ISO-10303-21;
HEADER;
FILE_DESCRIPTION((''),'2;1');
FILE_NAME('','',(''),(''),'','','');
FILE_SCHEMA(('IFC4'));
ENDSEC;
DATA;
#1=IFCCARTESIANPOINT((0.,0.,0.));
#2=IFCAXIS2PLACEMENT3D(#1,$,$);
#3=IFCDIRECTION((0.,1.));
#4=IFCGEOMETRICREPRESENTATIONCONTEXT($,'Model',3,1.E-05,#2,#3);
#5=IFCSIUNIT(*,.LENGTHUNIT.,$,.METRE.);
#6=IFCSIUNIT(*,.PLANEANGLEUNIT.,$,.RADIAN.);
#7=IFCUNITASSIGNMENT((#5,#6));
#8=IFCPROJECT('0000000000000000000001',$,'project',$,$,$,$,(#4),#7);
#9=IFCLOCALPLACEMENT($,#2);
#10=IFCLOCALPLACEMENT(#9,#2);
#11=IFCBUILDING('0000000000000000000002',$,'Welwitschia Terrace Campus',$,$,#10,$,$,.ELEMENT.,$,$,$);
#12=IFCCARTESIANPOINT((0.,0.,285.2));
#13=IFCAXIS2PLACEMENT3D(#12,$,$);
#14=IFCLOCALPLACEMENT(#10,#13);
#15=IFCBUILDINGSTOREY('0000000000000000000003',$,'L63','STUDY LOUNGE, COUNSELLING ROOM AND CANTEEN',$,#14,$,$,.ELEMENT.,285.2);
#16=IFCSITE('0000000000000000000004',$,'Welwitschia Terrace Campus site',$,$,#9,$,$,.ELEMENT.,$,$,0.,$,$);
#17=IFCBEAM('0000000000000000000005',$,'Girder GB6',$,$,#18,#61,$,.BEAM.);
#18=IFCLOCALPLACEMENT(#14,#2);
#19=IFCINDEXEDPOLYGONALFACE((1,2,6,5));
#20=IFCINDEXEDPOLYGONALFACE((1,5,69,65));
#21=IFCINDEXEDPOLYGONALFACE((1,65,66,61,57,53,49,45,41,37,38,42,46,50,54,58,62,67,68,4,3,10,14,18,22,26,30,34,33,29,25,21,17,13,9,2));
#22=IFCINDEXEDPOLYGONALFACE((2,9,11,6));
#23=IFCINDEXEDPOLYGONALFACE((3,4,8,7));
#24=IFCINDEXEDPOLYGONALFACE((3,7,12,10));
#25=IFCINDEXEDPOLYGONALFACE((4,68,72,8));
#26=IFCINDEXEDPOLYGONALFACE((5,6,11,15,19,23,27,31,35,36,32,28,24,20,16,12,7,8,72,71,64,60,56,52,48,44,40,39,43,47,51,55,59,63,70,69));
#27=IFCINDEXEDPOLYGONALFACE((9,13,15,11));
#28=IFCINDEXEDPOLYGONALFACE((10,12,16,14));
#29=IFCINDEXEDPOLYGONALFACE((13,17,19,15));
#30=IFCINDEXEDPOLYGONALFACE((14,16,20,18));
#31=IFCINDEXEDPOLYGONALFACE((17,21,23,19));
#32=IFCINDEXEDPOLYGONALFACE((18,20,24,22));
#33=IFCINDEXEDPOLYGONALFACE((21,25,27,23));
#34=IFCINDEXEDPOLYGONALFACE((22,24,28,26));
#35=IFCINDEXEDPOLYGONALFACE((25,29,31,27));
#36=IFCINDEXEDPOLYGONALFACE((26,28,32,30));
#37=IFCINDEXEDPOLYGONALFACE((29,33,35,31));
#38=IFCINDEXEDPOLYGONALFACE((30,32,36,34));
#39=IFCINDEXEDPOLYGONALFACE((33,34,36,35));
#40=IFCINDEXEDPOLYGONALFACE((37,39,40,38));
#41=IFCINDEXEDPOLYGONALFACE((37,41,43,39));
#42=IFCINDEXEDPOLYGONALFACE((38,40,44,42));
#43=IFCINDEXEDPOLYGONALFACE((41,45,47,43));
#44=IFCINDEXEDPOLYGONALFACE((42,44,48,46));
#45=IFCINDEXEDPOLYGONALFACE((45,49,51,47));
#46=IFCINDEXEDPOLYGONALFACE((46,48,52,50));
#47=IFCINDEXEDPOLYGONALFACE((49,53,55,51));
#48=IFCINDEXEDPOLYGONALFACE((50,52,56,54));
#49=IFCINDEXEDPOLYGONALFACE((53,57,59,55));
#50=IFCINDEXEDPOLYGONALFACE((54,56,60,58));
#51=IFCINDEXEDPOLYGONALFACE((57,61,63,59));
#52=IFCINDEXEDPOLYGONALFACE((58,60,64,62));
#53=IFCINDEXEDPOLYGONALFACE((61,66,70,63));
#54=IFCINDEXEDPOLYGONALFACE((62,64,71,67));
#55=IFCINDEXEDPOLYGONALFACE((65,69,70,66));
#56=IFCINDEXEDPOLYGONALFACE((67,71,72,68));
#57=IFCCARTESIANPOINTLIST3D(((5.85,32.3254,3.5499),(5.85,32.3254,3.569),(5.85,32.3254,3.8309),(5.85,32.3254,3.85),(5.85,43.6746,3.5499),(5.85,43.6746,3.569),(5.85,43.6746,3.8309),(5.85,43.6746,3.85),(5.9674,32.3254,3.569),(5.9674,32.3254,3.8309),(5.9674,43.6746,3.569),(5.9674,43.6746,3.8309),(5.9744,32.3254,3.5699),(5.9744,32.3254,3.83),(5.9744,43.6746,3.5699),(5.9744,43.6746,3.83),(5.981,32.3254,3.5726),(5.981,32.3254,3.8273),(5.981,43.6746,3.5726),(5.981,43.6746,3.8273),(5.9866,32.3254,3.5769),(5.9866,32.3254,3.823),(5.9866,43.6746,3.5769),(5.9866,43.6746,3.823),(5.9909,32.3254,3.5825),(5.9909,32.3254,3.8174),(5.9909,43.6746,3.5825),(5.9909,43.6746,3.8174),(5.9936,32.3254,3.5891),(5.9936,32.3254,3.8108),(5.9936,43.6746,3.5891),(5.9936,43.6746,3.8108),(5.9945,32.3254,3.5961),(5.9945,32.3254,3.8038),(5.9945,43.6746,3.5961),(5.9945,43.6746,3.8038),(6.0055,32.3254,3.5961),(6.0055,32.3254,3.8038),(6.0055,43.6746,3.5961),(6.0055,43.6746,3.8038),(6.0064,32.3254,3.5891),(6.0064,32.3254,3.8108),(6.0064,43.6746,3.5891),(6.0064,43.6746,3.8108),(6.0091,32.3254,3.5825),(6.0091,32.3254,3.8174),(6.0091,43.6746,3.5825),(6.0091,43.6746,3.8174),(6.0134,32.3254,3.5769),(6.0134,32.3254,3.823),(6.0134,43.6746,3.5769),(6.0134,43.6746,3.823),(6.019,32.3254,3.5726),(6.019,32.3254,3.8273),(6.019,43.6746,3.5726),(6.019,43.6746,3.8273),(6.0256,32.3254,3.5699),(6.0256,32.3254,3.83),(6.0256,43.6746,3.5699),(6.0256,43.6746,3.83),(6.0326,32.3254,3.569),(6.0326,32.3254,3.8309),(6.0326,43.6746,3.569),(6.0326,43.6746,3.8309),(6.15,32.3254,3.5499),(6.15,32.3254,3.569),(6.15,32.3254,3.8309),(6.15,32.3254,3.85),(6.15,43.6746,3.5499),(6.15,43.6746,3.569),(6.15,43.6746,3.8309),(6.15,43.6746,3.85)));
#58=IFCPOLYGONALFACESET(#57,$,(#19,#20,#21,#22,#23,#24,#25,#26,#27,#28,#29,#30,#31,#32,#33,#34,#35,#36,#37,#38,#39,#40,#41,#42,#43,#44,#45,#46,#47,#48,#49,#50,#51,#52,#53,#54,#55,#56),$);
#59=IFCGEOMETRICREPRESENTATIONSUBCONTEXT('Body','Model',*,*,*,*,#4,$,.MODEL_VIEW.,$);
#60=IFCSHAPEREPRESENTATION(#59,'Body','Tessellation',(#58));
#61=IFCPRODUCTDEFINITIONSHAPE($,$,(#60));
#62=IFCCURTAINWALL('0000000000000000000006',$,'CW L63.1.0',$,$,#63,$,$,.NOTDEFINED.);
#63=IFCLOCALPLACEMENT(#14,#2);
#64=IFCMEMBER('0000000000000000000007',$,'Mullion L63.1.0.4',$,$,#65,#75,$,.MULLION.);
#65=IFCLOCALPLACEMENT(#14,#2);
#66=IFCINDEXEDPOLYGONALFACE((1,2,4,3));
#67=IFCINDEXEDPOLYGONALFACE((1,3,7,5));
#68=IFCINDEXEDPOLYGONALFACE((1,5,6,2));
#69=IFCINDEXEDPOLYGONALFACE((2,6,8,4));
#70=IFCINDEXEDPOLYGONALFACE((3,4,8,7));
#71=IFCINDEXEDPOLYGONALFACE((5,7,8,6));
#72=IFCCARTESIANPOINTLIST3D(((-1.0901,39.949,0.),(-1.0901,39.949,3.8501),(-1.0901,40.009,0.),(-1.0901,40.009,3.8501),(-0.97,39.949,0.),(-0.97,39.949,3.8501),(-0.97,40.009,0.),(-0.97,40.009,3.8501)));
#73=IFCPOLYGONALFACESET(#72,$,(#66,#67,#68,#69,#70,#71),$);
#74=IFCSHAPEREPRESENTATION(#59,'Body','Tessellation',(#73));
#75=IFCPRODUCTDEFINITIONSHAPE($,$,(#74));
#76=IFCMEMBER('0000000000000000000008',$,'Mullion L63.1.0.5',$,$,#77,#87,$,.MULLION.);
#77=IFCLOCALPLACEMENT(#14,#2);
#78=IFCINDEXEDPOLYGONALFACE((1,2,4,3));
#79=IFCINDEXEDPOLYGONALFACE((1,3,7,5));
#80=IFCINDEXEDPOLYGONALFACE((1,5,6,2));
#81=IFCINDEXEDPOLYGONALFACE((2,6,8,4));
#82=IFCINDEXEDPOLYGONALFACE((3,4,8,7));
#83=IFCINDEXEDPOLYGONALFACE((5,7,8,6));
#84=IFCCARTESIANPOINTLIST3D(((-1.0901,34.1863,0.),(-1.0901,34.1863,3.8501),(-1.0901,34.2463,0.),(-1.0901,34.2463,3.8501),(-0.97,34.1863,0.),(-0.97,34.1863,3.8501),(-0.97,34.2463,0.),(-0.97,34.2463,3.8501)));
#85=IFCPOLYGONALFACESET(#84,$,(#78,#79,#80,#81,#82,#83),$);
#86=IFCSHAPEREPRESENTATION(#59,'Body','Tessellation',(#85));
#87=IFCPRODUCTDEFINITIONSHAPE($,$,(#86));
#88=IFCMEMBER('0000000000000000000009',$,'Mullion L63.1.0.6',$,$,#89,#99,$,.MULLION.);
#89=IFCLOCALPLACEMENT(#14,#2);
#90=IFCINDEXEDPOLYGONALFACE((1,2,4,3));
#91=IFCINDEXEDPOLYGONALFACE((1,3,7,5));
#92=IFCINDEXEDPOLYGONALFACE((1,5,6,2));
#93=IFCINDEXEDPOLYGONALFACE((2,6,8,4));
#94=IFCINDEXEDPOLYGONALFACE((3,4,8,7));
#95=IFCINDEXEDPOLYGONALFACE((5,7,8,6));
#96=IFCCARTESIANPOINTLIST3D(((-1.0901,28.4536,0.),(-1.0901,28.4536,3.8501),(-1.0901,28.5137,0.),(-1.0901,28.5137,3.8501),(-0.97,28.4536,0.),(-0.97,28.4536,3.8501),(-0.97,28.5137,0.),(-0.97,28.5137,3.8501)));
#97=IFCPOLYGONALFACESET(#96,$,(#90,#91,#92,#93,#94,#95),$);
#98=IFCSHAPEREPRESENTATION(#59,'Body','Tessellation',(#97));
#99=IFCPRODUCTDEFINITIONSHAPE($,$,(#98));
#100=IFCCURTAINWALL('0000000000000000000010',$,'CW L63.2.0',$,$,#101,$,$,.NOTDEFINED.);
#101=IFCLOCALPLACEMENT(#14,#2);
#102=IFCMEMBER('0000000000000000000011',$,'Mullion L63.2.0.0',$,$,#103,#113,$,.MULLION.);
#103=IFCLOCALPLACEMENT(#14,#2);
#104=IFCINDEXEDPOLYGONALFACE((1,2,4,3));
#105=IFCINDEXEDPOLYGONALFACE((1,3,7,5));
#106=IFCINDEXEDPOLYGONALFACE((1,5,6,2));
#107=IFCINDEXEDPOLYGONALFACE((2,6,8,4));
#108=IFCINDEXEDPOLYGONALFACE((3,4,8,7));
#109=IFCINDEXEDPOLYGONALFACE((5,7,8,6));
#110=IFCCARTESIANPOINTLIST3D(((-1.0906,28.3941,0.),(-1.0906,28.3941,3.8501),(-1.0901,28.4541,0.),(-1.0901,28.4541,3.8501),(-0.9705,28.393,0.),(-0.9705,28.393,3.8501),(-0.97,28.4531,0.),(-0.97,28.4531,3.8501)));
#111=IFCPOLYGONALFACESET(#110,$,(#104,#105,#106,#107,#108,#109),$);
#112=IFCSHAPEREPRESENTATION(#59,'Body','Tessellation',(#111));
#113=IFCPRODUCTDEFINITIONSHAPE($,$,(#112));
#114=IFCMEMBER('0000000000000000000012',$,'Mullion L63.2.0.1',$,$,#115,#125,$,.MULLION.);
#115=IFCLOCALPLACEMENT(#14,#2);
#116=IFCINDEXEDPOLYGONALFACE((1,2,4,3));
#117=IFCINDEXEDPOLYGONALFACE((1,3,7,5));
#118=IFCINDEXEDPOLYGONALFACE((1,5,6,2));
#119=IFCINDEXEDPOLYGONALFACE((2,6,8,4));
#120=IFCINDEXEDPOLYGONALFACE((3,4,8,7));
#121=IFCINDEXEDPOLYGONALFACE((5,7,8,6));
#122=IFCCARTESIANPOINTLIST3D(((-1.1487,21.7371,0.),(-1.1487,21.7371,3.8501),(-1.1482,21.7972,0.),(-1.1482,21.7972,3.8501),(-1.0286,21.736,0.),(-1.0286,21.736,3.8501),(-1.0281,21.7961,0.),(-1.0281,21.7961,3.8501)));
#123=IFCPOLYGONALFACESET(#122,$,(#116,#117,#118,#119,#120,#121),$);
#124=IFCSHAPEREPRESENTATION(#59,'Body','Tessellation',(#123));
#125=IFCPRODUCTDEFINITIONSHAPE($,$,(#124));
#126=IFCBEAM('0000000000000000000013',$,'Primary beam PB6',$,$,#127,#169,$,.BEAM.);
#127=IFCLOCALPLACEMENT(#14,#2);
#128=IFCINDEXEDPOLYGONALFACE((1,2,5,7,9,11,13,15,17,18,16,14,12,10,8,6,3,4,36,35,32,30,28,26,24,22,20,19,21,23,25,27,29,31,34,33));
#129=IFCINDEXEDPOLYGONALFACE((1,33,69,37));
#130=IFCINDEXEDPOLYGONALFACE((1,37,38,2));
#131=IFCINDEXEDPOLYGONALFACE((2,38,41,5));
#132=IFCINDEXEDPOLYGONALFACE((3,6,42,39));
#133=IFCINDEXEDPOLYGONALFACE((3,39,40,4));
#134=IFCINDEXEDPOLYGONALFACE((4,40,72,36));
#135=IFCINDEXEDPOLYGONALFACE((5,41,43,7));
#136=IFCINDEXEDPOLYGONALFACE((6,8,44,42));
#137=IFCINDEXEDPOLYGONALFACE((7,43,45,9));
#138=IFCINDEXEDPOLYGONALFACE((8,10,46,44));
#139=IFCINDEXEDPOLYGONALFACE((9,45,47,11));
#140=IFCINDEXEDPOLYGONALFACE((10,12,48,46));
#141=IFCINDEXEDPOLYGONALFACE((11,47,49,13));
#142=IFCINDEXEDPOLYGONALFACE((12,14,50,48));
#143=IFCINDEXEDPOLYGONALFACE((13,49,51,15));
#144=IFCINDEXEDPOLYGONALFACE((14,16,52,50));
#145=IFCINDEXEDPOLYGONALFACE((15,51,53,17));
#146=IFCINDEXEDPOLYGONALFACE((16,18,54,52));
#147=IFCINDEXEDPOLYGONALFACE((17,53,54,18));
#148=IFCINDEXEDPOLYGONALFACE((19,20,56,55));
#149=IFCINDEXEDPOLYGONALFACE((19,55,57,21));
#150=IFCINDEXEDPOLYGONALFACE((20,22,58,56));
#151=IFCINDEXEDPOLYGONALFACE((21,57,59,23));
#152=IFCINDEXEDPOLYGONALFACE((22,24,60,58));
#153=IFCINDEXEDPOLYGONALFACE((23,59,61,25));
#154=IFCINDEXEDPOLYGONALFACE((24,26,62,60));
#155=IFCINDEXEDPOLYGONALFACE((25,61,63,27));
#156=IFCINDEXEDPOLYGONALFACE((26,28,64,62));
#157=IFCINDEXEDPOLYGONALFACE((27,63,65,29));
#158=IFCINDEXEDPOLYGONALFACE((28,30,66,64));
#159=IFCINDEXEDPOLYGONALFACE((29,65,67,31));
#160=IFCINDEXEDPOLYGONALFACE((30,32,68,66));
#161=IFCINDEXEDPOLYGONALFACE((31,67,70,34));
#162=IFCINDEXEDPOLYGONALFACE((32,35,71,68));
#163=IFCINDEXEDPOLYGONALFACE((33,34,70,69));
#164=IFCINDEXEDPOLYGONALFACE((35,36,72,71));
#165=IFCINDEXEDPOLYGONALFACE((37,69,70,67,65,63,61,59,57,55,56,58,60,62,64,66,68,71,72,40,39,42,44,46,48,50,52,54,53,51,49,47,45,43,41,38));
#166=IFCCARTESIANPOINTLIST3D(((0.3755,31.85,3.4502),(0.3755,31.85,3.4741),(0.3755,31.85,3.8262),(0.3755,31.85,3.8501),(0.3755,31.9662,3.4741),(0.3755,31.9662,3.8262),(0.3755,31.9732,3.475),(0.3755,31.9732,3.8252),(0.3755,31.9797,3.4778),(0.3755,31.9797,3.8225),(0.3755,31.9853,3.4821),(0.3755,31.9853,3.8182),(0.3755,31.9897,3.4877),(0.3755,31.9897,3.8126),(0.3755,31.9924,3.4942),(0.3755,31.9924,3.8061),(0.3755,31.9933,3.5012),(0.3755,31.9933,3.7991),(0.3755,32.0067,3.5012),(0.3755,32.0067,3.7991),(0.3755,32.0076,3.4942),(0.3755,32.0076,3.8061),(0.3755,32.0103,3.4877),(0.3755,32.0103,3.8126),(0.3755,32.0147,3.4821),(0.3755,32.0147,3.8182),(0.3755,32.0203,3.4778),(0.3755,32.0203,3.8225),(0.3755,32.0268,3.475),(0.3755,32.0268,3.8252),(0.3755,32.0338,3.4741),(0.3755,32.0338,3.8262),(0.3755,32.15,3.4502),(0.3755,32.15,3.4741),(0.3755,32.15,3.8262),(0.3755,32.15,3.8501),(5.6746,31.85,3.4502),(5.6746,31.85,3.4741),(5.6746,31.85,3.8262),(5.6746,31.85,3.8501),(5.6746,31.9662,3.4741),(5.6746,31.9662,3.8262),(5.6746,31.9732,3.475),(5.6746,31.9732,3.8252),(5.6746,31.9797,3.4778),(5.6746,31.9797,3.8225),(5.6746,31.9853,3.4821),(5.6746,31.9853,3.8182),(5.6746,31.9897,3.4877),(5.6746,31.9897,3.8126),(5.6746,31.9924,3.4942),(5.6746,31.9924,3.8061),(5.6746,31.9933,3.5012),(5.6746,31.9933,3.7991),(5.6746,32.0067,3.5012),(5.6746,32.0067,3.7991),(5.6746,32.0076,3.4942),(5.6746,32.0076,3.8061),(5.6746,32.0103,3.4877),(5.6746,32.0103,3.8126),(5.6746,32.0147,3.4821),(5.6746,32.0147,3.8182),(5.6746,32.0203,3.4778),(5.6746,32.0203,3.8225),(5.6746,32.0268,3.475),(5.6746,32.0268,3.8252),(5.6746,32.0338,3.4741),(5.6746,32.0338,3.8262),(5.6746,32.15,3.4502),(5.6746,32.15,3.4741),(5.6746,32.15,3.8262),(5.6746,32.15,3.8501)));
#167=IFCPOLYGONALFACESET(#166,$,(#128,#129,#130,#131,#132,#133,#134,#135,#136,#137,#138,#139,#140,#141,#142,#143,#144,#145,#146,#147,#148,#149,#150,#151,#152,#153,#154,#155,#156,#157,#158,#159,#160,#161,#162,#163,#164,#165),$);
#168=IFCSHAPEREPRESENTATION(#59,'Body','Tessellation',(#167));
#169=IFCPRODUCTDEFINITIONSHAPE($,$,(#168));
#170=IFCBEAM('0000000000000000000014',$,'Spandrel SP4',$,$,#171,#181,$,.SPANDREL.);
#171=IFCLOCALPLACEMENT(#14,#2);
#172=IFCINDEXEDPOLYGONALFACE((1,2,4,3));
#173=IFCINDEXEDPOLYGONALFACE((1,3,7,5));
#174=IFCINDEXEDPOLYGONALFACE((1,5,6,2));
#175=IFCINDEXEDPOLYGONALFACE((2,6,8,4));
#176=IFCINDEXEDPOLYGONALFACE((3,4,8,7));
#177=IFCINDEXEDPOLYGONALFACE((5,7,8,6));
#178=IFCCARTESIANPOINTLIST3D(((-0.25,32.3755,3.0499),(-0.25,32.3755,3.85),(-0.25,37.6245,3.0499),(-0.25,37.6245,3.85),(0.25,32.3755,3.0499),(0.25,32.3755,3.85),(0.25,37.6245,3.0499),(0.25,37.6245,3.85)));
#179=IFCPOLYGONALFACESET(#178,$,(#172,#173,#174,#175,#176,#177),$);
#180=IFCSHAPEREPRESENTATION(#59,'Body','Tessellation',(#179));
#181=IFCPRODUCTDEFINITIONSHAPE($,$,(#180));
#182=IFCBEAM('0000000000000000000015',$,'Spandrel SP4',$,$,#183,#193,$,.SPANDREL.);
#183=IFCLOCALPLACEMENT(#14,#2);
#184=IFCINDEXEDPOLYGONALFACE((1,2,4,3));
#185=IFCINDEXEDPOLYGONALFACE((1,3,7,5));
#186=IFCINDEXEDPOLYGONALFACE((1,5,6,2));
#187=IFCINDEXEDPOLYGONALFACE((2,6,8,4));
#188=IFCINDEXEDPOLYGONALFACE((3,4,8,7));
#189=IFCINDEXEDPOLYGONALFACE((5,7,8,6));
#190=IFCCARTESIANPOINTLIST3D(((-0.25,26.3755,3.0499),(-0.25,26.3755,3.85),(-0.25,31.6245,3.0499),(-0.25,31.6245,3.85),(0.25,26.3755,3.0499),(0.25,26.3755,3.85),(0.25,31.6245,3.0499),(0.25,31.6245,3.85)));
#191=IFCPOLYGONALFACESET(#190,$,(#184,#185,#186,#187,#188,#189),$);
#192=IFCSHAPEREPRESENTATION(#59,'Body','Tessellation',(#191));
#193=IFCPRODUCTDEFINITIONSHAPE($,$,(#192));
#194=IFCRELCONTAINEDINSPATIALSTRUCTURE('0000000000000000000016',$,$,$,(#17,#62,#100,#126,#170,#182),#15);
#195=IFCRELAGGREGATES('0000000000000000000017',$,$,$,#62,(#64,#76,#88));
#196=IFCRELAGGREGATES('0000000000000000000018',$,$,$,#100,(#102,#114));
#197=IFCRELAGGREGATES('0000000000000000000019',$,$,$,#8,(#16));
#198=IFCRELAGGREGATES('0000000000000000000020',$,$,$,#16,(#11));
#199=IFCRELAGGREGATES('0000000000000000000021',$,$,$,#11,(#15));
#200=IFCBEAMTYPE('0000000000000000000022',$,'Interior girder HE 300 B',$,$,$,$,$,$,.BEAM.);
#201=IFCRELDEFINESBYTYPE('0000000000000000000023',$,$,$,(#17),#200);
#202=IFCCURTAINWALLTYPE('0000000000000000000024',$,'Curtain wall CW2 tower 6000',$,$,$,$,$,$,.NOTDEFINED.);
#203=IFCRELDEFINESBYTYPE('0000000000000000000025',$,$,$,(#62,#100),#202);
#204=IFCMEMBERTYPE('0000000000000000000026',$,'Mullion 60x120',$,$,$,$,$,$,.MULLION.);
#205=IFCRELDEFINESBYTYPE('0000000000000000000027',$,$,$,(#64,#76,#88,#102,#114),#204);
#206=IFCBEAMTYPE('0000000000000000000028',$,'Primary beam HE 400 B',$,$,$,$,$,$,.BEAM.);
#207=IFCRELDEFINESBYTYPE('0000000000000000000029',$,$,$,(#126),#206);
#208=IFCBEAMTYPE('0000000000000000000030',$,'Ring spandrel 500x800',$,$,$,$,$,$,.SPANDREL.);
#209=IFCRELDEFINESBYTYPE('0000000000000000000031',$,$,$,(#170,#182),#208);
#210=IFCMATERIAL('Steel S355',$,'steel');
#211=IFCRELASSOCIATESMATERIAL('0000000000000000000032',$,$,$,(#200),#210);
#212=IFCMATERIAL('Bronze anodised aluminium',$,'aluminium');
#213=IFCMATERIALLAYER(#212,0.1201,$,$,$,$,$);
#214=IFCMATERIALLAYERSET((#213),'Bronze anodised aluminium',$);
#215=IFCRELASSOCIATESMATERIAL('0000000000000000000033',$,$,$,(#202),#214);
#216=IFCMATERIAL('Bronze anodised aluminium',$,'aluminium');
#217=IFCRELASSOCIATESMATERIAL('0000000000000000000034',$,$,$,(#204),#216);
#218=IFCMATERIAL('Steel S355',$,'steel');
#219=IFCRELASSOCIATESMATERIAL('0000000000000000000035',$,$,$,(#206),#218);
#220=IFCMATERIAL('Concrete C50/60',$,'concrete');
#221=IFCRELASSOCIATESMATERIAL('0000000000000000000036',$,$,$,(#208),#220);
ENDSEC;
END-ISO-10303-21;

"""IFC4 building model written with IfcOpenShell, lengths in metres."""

from ifc_helpers import new_model, si_unit, direction, frame, origin, origin_2d, place, context, subcontext, project, spatial, rectangle, i_section, extrude, material, layer, layer_set, material_profile, profile_set, type_object, element, aggregate, save


model = new_model("IFC4")

# Units and contexts
model_context = context("Model", 3, precision=1e-05, world=origin(), true_north=direction((0.0, 1.0)))
body_context = subcontext(model_context, "Body", "Model", "MODEL_VIEW")
ifc_project = project(units=[si_unit("LENGTHUNIT", "METRE"), si_unit("PLANEANGLEUNIT", "RADIAN")], contexts=[model_context])

# Site, building, storey
site_placement = place(None, origin())
site = spatial("IfcSite", under=ifc_project, at=site_placement, Name="Welwitschia Terrace Campus site", CompositionType="ELEMENT", RefElevation=0.0)
building_placement = place(site_placement, origin())
building = spatial("IfcBuilding", under=site, at=building_placement, Name="Welwitschia Terrace Campus", CompositionType="ELEMENT")
storey_placement = place(building_placement, frame((0.0, 0.0, 285.2)))
storey = spatial("IfcBuildingStorey", under=building, at=storey_placement, Name="L63", Description="STUDY LOUNGE, COUNSELLING ROOM AND CANTEEN", CompositionType="ELEMENT", Elevation=285.2)

# Beam
ifc_material_1 = material(Name="Steel S355", Category="steel")
ifc_material_profile_1 = material_profile(ifc_material_1, i_section(OverallWidth=0.3, OverallDepth=0.3, WebThickness=0.011, FlangeThickness=0.019, FilletRadius=0.0271, at=origin_2d()))
ifc_profile_set_1 = profile_set([ifc_material_profile_1], Name="Steel S355")
beam_type_1 = type_object("IfcBeamType", Name="Interior girder HE 300 B", PredefinedType="BEAM", material=ifc_profile_set_1)
beam_1_placement = place(storey_placement, frame((6.0, 32.3254, 3.7), z_axis=(0.0, 1.0, 0.0), x_axis=(-1.0, 0.0, 0.0)))
element("IfcBeam", 1, at=beam_1_placement, inside=storey, type_object=beam_type_1, Name="Girder GB6", PredefinedType="BEAM", context=body_context, shape_type="SweptSolid", body=[
    extrude(i_section(OverallWidth=0.3, OverallDepth=0.3, WebThickness=0.011, FlangeThickness=0.019, FilletRadius=0.0271, at=origin_2d()), origin(), (0.0, 0.0, 1.0), 11.3491),
])

# Curtain walls, members
ifc_material_2 = material(Name="Bronze anodised aluminium", Category="aluminium")
ifc_layer_1 = layer(ifc_material_2, 0.1201)
ifc_layer_set_1 = layer_set([ifc_layer_1], Name="Bronze anodised aluminium")
curtain_wall_type = type_object("IfcCurtainWallType", Name="Curtain wall CW2 tower 6000", PredefinedType="NOTDEFINED", material=ifc_layer_set_1)
curtain_wall_1_placement = place(storey_placement, origin())
curtain_wall_1 = element("IfcCurtainWall", 2, at=curtain_wall_1_placement, inside=storey, type_object=curtain_wall_type, Name="CW L63.1.0", PredefinedType="NOTDEFINED")
ifc_material_3 = material(Name="Bronze anodised aluminium", Category="aluminium")
ifc_material_profile_2 = material_profile(ifc_material_3, rectangle(XDim=0.1201, YDim=0.0601, at=origin_2d()))
ifc_profile_set_2 = profile_set([ifc_material_profile_2], Name="Bronze anodised aluminium")
member_type_1 = type_object("IfcMemberType", Name="Mullion 60x120", PredefinedType="MULLION", material=ifc_profile_set_2)
member_1_placement = place(storey_placement, frame((-1.03, 39.979, 0.0), z_axis=(0.0, 0.0, 1.0), x_axis=(1.0, 0.0, 0.0)))
member_1 = element("IfcMember", 3, at=member_1_placement, type_object=member_type_1, Name="Mullion L63.1.0.4", PredefinedType="MULLION", context=body_context, shape_type="SweptSolid", body=[
    extrude(rectangle(XDim=0.1201, YDim=0.0601, at=origin_2d()), origin(), (0.0, 0.0, 1.0), 3.8501),
])
member_2_placement = place(storey_placement, frame((-1.03, 34.2163, 0.0), z_axis=(0.0, 0.0, 1.0), x_axis=(1.0, 0.0, 0.0)))
member_2 = element("IfcMember", 4, at=member_2_placement, type_object=member_type_1, Name="Mullion L63.1.0.5", PredefinedType="MULLION", context=body_context, shape_type="SweptSolid", body=[
    extrude(rectangle(XDim=0.1201, YDim=0.0601, at=origin_2d()), origin(), (0.0, 0.0, 1.0), 3.8501),
])
member_3_placement = place(storey_placement, frame((-1.03, 28.4836, 0.0), z_axis=(0.0, 0.0, 1.0), x_axis=(1.0, 0.0, 0.0)))
member_3 = element("IfcMember", 5, at=member_3_placement, type_object=member_type_1, Name="Mullion L63.1.0.6", PredefinedType="MULLION", context=body_context, shape_type="SweptSolid", body=[
    extrude(rectangle(XDim=0.1201, YDim=0.0601, at=origin_2d()), origin(), (0.0, 0.0, 1.0), 3.8501),
])
curtain_wall_2_placement = place(storey_placement, origin())
curtain_wall_2 = element("IfcCurtainWall", 6, at=curtain_wall_2_placement, inside=storey, type_object=curtain_wall_type, Name="CW L63.2.0", PredefinedType="NOTDEFINED")
member_4_placement = place(storey_placement, frame((-1.0303, 28.4236, 0.0), z_axis=(0.0, 0.0, 1.0), x_axis=(0.999962, -0.008727, 0.0)))
member_4 = element("IfcMember", 7, at=member_4_placement, type_object=member_type_1, Name="Mullion L63.2.0.0", PredefinedType="MULLION", context=body_context, shape_type="SweptSolid", body=[
    extrude(rectangle(XDim=0.1201, YDim=0.0601, at=origin_2d()), origin(), (0.0, 0.0, 1.0), 3.8501),
])
member_5_placement = place(storey_placement, frame((-1.0884, 21.7666, 0.0), z_axis=(0.0, 0.0, 1.0), x_axis=(0.999962, -0.008727, 0.0)))
member_5 = element("IfcMember", 8, at=member_5_placement, type_object=member_type_1, Name="Mullion L63.2.0.1", PredefinedType="MULLION", context=body_context, shape_type="SweptSolid", body=[
    extrude(rectangle(XDim=0.1201, YDim=0.0601, at=origin_2d()), origin(), (0.0, 0.0, 1.0), 3.8501),
])

# Beams
ifc_material_4 = material(Name="Steel S355", Category="steel")
ifc_material_profile_3 = material_profile(ifc_material_4, i_section(OverallWidth=0.3, OverallDepth=0.3999, WebThickness=0.0134, FlangeThickness=0.0239, FilletRadius=0.0271, at=origin_2d()))
ifc_profile_set_3 = profile_set([ifc_material_profile_3], Name="Steel S355")
beam_type_2 = type_object("IfcBeamType", Name="Primary beam HE 400 B", PredefinedType="BEAM", material=ifc_profile_set_3)
beam_2_placement = place(storey_placement, frame((0.3755, 32.0, 3.6501), z_axis=(1.0, 0.0, 0.0), x_axis=(0.0, 1.0, 0.0)))
element("IfcBeam", 9, at=beam_2_placement, inside=storey, type_object=beam_type_2, Name="Primary beam PB6", PredefinedType="BEAM", context=body_context, shape_type="SweptSolid", body=[
    extrude(i_section(OverallWidth=0.3, OverallDepth=0.3999, WebThickness=0.0134, FlangeThickness=0.0239, FilletRadius=0.0271, at=origin_2d()), origin(), (0.0, 0.0, 1.0), 5.2991),
])
ifc_material_5 = material(Name="Concrete C50/60", Category="concrete")
ifc_material_profile_4 = material_profile(ifc_material_5, rectangle(XDim=0.5, YDim=0.8, at=origin_2d()))
ifc_profile_set_4 = profile_set([ifc_material_profile_4], Name="Concrete C50/60")
beam_type_3 = type_object("IfcBeamType", Name="Ring spandrel 500x800", PredefinedType="SPANDREL", material=ifc_profile_set_4)
for number, where, z_axis, x_axis, name in (
    (10, (0.0, 37.6245, 3.45), (0.0, -1.0, 0.0), (1.0, 0.0, 0.0), "Spandrel SP4"),
    (11, (0.0, 31.6245, 3.45), (0.0, -1.0, 0.0), (1.0, 0.0, 0.0), "Spandrel SP4"),
):
    element("IfcBeam", number, at=place(storey_placement, frame(where, z_axis=z_axis, x_axis=x_axis)), inside=storey, type_object=beam_type_3, Name=name, PredefinedType="SPANDREL", context=body_context, shape_type="SweptSolid", body=[
        extrude(rectangle(XDim=0.5, YDim=0.8, at=origin_2d()), origin(), (0.0, 0.0, 1.0), 5.249),
    ])

aggregate(curtain_wall_1, [member_1, member_2, member_3])
aggregate(curtain_wall_2, [member_4, member_5])

save(model, "model.ifc")
